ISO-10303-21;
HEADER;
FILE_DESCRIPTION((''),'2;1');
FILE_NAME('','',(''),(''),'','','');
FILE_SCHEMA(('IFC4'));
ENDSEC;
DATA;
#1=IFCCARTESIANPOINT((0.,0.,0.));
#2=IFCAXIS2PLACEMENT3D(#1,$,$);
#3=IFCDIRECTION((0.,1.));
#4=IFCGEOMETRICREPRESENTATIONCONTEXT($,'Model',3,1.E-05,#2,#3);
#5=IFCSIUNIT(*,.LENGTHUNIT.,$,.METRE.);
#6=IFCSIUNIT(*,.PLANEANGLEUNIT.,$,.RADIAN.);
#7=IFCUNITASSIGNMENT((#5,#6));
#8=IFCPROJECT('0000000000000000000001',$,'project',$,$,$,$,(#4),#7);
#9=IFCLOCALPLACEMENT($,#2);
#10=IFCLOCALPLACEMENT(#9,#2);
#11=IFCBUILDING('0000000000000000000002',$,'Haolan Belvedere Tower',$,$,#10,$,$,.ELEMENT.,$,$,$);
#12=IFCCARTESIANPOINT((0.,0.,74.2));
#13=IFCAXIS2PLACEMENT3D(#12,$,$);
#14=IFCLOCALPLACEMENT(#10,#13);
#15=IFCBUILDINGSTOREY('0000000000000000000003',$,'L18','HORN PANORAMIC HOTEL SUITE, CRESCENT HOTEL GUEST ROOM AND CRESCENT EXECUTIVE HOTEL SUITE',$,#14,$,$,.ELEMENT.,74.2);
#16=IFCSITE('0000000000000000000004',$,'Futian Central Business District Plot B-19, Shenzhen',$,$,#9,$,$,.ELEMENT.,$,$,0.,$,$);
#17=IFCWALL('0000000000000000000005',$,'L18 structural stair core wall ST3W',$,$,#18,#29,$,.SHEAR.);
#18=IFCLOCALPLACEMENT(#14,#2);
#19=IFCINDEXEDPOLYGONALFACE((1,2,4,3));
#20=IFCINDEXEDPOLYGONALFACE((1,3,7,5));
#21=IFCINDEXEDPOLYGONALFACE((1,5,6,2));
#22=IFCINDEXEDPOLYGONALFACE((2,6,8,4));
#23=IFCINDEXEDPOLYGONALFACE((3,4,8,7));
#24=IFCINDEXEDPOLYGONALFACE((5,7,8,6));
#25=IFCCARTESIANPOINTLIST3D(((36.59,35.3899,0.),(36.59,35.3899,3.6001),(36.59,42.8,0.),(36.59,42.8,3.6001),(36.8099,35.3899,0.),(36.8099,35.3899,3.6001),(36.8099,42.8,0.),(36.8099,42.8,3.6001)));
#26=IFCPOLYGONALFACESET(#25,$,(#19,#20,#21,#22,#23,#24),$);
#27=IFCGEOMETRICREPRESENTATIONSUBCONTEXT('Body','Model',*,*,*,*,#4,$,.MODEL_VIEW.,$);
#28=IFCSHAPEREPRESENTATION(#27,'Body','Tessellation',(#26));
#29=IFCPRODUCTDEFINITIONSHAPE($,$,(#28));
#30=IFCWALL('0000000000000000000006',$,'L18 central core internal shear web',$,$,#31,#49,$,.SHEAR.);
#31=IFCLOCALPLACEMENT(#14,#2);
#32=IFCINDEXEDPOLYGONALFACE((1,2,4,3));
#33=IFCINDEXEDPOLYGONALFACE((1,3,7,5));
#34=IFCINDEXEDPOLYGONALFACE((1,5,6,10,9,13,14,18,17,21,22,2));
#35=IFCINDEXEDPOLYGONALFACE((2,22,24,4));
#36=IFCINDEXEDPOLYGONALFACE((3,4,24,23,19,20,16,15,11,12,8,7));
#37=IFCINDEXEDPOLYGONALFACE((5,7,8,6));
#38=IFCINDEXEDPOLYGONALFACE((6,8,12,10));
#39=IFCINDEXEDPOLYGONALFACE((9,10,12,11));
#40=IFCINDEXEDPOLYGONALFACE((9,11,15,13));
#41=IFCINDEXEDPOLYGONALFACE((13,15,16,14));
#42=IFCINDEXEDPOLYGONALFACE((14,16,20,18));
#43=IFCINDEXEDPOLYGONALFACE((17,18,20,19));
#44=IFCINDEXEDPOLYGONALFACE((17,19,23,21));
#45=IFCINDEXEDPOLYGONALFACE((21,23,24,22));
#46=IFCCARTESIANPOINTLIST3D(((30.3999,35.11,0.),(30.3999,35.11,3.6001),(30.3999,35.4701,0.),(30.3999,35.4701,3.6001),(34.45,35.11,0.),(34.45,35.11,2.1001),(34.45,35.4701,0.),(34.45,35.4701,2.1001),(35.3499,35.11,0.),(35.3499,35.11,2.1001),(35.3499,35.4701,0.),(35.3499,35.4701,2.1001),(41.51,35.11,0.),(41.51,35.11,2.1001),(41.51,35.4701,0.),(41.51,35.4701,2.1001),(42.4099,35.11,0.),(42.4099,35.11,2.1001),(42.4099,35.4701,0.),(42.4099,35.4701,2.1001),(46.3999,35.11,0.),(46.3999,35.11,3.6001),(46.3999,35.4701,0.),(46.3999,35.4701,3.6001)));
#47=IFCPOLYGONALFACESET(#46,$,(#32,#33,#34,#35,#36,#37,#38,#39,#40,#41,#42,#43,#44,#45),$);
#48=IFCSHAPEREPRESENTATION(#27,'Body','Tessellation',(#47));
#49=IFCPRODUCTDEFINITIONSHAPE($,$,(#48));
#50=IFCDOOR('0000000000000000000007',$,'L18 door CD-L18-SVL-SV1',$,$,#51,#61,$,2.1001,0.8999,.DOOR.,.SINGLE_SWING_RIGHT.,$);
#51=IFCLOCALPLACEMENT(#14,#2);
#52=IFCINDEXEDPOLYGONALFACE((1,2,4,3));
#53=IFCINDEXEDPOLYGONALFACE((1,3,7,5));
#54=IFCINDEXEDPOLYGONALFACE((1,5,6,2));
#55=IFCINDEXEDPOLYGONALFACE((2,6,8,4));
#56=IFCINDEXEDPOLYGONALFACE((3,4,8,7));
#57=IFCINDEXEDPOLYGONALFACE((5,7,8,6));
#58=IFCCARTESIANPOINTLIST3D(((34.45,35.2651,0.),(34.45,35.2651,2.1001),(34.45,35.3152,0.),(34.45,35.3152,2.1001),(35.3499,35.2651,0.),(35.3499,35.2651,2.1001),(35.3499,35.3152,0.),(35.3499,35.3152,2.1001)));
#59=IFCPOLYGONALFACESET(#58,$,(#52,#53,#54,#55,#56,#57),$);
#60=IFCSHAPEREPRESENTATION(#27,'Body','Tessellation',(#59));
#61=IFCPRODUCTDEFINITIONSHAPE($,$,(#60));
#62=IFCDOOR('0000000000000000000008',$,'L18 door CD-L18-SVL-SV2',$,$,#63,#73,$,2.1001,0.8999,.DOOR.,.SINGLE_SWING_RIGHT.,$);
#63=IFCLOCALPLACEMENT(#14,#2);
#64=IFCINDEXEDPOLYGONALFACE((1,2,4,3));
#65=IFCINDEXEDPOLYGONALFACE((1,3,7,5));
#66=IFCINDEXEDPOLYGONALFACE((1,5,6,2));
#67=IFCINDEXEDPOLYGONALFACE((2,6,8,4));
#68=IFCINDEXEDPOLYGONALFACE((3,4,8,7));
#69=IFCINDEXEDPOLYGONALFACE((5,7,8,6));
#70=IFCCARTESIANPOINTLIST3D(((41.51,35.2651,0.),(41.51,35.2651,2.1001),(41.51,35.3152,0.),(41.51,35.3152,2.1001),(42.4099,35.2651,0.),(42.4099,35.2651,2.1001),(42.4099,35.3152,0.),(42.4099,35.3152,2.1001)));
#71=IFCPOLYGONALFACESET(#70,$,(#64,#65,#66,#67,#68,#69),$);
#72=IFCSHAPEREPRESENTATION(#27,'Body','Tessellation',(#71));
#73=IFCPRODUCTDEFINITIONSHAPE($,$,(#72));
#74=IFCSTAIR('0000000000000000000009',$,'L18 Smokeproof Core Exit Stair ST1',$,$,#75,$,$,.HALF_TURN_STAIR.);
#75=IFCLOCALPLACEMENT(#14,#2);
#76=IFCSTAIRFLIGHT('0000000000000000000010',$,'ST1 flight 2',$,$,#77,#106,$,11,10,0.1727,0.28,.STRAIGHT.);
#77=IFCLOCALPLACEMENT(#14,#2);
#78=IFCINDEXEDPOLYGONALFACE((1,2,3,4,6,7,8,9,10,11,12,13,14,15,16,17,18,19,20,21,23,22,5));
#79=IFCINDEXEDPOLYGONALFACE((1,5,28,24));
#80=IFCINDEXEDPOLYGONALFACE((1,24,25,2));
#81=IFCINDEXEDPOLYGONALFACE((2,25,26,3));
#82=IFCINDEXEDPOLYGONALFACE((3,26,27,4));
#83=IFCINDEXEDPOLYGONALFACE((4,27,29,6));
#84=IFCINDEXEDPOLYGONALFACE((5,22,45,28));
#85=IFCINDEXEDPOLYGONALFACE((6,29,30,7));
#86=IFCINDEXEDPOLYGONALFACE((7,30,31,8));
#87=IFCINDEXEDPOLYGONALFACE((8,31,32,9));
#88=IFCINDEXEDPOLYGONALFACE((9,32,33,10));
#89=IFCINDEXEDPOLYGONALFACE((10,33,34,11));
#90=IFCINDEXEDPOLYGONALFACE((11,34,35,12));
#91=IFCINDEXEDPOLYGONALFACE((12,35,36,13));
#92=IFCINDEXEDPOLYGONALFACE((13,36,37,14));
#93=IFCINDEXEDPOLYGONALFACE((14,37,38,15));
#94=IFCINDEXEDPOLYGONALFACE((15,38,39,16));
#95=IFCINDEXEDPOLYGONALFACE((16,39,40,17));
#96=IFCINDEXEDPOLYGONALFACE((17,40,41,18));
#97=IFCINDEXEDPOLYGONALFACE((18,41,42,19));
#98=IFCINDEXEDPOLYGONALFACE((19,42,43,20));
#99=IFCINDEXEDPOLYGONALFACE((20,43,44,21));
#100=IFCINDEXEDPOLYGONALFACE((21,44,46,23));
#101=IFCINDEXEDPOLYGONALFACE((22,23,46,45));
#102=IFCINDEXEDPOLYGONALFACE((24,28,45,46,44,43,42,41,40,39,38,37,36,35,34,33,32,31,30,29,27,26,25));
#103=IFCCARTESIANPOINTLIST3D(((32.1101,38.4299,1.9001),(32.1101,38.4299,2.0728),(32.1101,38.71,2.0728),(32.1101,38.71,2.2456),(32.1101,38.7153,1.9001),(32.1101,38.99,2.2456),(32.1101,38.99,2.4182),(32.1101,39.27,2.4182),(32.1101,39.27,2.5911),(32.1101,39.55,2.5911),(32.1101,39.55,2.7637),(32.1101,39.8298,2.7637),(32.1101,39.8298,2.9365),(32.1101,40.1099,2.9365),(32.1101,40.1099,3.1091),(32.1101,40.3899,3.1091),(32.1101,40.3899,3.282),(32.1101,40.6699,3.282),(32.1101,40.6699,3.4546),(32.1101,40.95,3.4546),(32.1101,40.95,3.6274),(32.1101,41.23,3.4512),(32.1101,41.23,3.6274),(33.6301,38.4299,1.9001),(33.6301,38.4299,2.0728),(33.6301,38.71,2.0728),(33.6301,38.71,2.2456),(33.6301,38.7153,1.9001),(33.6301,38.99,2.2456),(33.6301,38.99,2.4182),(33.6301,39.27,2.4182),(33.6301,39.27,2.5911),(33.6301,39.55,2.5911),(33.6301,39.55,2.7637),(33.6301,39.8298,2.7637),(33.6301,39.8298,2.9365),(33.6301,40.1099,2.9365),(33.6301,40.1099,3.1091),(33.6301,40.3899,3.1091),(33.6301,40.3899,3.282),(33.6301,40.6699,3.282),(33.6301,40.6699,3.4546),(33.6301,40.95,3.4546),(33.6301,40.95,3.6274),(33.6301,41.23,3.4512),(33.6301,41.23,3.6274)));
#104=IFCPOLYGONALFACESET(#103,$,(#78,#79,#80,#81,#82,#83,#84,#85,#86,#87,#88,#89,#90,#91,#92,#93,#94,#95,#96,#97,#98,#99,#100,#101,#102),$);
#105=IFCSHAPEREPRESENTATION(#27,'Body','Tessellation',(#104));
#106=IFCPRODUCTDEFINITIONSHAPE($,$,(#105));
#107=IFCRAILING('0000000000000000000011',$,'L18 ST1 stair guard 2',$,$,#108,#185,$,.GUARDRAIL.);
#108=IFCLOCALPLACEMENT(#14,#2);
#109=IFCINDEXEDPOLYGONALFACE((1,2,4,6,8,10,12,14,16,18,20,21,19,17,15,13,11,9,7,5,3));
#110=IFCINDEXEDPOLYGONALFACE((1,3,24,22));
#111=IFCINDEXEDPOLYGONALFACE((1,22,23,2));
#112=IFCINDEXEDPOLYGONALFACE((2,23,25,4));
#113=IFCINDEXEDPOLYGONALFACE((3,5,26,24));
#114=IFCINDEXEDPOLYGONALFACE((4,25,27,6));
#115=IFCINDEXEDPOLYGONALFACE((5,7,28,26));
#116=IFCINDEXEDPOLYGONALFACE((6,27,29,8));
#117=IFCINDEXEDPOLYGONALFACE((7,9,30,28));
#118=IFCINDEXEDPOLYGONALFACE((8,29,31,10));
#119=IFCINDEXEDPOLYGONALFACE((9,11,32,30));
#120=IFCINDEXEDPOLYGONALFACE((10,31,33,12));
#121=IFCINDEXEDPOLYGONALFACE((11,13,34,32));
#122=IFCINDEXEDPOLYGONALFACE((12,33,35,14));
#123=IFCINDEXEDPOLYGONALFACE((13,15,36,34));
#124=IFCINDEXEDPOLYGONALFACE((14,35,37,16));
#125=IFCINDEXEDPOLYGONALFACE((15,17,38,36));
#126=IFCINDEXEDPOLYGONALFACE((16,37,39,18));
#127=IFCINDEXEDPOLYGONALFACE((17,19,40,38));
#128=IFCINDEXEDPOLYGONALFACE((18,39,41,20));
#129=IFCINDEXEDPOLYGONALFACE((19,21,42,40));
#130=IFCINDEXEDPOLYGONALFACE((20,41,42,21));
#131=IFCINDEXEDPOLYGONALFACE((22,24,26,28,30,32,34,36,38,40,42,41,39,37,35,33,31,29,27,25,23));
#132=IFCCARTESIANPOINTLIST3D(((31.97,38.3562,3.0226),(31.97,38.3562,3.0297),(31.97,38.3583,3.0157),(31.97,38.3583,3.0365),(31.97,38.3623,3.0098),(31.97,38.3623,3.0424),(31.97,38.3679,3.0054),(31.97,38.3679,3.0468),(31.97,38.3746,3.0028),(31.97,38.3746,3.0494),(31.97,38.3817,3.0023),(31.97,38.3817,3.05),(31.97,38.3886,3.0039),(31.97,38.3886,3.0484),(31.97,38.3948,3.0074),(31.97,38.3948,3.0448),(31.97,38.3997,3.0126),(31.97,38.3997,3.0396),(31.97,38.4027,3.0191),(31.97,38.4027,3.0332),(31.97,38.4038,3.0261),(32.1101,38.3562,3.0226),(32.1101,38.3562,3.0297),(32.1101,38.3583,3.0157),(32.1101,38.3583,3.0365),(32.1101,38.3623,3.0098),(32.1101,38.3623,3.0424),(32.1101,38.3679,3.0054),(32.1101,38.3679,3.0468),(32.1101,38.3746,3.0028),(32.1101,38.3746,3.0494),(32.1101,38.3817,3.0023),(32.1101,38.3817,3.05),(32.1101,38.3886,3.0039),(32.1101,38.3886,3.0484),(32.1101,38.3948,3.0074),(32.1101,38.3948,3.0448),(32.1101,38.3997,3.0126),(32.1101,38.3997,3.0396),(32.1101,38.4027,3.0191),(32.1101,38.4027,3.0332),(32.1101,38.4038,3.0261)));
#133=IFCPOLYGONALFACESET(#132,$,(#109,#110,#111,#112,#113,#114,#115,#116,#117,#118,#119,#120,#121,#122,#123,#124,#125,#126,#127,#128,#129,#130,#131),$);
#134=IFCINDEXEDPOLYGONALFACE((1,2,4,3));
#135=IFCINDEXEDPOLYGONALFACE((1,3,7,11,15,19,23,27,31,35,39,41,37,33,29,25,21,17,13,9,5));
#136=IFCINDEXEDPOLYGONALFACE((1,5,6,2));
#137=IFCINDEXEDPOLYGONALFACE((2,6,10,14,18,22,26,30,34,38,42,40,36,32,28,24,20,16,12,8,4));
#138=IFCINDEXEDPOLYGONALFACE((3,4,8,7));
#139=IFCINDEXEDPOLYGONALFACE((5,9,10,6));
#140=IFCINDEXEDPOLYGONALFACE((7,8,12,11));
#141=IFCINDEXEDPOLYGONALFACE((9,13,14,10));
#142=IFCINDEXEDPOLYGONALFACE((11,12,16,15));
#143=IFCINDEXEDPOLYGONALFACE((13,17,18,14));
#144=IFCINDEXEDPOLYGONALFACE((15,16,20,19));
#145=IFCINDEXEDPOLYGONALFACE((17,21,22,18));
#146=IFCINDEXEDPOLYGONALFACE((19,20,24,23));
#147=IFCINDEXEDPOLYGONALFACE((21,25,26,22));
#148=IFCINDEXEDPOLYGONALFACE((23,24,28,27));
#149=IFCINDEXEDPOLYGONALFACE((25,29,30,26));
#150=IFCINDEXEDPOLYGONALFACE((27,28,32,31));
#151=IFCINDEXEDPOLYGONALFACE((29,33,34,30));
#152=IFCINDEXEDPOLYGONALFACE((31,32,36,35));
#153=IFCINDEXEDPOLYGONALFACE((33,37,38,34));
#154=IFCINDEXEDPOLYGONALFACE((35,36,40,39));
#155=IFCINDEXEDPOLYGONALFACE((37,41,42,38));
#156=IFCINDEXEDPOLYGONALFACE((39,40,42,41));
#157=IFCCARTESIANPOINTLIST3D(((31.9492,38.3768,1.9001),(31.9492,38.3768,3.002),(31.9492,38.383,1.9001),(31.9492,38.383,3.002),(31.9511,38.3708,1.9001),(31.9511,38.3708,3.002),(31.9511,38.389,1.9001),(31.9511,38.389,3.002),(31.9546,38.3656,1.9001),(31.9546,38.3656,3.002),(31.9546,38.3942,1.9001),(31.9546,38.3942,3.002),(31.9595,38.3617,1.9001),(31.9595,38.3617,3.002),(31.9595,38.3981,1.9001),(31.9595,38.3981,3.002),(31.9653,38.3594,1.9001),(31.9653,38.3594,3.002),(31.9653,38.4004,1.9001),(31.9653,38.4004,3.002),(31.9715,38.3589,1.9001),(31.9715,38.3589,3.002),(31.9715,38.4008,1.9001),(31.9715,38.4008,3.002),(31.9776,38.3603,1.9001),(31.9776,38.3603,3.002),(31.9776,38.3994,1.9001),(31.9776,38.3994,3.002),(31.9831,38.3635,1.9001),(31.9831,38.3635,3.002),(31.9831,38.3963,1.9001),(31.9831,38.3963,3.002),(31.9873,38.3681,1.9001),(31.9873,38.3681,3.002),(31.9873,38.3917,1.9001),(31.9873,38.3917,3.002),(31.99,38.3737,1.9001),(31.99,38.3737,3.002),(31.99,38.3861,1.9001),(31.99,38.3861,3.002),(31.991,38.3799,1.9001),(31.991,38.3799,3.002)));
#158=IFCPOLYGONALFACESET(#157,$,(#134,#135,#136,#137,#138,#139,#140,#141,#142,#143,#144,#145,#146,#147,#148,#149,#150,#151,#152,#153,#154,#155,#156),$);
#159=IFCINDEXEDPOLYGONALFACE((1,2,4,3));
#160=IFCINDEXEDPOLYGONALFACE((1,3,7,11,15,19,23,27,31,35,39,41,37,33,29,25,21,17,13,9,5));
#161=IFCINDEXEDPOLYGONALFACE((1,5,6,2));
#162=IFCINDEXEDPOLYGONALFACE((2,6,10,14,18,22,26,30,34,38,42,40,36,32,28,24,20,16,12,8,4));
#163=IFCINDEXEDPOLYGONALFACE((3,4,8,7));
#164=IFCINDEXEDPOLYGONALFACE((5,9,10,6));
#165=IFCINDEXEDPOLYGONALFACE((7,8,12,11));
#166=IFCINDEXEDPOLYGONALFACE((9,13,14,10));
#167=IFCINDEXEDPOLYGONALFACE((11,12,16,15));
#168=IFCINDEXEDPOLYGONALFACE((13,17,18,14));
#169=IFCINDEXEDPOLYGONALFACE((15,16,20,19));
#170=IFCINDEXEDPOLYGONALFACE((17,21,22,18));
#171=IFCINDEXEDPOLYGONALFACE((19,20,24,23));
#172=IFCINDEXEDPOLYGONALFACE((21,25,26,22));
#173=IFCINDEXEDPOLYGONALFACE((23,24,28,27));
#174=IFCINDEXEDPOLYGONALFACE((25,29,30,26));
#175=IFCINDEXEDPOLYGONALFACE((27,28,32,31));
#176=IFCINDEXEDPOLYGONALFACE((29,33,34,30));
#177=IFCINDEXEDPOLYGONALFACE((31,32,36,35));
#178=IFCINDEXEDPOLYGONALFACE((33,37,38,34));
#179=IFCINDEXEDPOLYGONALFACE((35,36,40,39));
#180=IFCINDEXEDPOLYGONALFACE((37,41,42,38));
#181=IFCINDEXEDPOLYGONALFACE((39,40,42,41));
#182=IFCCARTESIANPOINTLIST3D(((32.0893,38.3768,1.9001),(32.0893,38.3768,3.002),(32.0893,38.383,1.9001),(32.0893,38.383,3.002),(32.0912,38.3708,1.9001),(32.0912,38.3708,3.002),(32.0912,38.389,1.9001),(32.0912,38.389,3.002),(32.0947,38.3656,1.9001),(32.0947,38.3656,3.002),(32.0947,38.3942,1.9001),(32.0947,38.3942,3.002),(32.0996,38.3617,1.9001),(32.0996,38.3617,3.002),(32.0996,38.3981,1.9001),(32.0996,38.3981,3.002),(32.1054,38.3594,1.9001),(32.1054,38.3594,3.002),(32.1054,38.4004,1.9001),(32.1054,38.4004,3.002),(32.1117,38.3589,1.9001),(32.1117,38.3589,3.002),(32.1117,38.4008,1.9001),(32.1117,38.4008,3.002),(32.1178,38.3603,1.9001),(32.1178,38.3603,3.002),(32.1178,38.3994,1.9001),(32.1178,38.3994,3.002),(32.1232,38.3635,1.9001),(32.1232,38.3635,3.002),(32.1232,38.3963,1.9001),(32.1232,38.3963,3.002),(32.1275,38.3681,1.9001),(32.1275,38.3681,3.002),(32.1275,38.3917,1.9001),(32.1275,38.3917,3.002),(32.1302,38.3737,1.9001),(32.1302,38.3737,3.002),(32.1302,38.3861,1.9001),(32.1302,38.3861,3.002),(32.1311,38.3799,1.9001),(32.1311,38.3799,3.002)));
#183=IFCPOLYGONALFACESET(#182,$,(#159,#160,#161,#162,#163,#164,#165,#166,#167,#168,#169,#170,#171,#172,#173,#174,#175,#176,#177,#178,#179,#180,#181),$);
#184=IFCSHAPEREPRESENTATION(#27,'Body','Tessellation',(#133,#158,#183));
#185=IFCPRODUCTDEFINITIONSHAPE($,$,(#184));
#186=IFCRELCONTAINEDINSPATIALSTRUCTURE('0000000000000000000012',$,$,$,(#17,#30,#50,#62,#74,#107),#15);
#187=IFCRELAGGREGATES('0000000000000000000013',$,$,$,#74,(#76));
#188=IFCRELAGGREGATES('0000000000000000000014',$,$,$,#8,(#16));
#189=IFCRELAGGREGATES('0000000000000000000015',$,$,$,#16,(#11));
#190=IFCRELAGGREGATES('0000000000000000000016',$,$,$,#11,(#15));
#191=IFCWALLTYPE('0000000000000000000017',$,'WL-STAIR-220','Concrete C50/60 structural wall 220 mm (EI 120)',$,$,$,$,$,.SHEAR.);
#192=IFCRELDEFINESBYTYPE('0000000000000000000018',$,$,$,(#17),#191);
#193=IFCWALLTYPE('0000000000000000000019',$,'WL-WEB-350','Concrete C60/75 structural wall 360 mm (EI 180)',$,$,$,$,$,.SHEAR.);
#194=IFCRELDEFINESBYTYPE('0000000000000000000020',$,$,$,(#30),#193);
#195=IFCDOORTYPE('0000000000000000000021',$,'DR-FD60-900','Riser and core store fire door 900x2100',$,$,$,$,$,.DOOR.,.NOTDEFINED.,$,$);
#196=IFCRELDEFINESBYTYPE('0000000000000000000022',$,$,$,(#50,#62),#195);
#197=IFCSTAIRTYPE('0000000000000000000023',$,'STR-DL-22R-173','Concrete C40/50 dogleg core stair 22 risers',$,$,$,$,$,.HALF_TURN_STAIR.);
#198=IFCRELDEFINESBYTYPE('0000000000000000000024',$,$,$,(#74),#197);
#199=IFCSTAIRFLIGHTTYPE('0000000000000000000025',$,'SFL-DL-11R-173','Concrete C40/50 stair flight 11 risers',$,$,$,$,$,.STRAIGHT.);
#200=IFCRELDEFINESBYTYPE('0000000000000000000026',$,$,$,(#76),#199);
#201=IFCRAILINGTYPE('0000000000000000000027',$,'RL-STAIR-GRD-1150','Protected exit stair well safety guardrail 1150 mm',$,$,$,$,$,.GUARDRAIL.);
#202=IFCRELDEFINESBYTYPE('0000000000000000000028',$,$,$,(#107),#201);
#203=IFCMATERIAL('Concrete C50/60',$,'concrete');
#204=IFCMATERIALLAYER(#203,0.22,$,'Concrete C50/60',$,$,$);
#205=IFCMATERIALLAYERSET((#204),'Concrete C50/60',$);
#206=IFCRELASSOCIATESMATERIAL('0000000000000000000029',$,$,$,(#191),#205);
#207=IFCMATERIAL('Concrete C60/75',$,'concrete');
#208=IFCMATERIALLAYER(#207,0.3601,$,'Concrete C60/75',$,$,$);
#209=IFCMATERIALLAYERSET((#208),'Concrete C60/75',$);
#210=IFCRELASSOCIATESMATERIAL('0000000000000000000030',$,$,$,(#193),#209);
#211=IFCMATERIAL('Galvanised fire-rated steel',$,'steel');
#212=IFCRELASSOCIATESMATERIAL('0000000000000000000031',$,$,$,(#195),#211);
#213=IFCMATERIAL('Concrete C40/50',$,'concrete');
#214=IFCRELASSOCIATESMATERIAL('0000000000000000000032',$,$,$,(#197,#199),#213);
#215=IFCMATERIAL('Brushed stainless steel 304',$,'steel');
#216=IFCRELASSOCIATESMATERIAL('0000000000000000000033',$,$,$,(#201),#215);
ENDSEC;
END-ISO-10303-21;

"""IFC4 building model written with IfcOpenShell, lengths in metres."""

from ifc_helpers import new_model, si_unit, direction, frame, frame_2d, origin, origin_2d, place, context, subcontext, project, spatial, polyline, rectangle, circle, outline, extrude, material, layer, layer_set, type_object, element, fill, aggregate, save


model = new_model("IFC4")

# Units and contexts
model_context = context("Model", 3, precision=1e-05, world=origin(), true_north=direction((0.0, 1.0)))
body_context = subcontext(model_context, "Body", "Model", "MODEL_VIEW")
ifc_project = project(units=[si_unit("LENGTHUNIT", "METRE"), si_unit("PLANEANGLEUNIT", "RADIAN")], contexts=[model_context])

# Site, building, storey
site_placement = place(None, origin())
site = spatial("IfcSite", under=ifc_project, at=site_placement, Name="Futian Central Business District Plot B-19, Shenzhen", CompositionType="ELEMENT", RefElevation=0.0)
building_placement = place(site_placement, origin())
building = spatial("IfcBuilding", under=site, at=building_placement, Name="Haolan Belvedere Tower", CompositionType="ELEMENT")
storey_placement = place(building_placement, frame((0.0, 0.0, 74.2)))
storey = spatial("IfcBuildingStorey", under=building, at=storey_placement, Name="L18", Description="HORN PANORAMIC HOTEL SUITE, CRESCENT HOTEL GUEST ROOM AND CRESCENT EXECUTIVE HOTEL SUITE", CompositionType="ELEMENT", Elevation=74.2)

# Shared definitions
ifc_material_1 = material(Name="Concrete C60/75", Category="concrete")

# Wall
ifc_material_2 = material(Name="Concrete C50/60", Category="concrete")
ifc_layer_1 = layer(ifc_material_2, 0.22, Name="Concrete C50/60")
ifc_layer_set_1 = layer_set([ifc_layer_1], Name="Concrete C50/60")
wall_type_1 = type_object("IfcWallType", Name="WL-STAIR-220", Description="Concrete C50/60 structural wall 220 mm (EI 120)", PredefinedType="SHEAR", material=ifc_layer_set_1)
for number, where, z_axis, x_axis, name in (
    (1, (36.7, 35.3899, 0.0), (0.0, 0.0, 1.0), (0.0, 1.0, 0.0), "L18 structural stair core wall ST3W"),
):
    element("IfcWall", number, at=place(storey_placement, frame(where, z_axis=z_axis, x_axis=x_axis)), inside=storey, type_object=wall_type_1, Name=name, PredefinedType="SHEAR", context=body_context, shape_type="SweptSolid", body=[
        extrude(rectangle(XDim=7.4102, YDim=0.22, at=frame_2d((3.7051, 0.0))), origin(), (0.0, 0.0, 1.0), 3.6001),
    ])

# Wall, openings, doors
ifc_layer_2 = layer(ifc_material_1, 0.3601, Name="Concrete C60/75")
ifc_layer_set_2 = layer_set([ifc_layer_2], Name="Concrete C60/75")
wall_type_2 = type_object("IfcWallType", Name="WL-WEB-350", Description="Concrete C60/75 structural wall 360 mm (EI 180)", PredefinedType="SHEAR", material=ifc_layer_set_2)
wall_1_placement = place(storey_placement, frame((30.3999, 35.29, 0.0), z_axis=(0.0, 0.0, 1.0), x_axis=(1.0, 0.0, 0.0)))
wall_1 = element("IfcWall", 2, at=wall_1_placement, inside=storey, type_object=wall_type_2, Name="L18 central core internal shear web", PredefinedType="SHEAR", context=body_context, shape_type="SweptSolid", body=[
    extrude(rectangle(XDim=16.0, YDim=0.3601, at=frame_2d((8.0, 0.0))), origin(), (0.0, 0.0, 1.0), 3.6001),
])
opening_1_placement = place(wall_1_placement, frame((4.95, 0.0, 0.0), z_axis=(0.0, 0.0, 1.0), x_axis=(-1.0, 0.0, 0.0)))
opening_1 = element("IfcOpeningElement", 3, at=opening_1_placement, cuts=wall_1, PredefinedType="OPENING", context=body_context, shape_type="SweptSolid", body=[
    extrude(rectangle(XDim=0.8999, YDim=2.1001, at=frame_2d((0.45, 1.05))), frame((0.0, 0.1899, 0.0), z_axis=(0.0, -1.0, 0.0), x_axis=(1.0, 0.0, 0.0)), (0.0, 0.0, 1.0), 0.3801),
])
opening_2_placement = place(wall_1_placement, frame((12.01, 0.0, 0.0), z_axis=(0.0, 0.0, 1.0), x_axis=(-1.0, 0.0, 0.0)))
opening_2 = element("IfcOpeningElement", 4, at=opening_2_placement, cuts=wall_1, PredefinedType="OPENING", context=body_context, shape_type="SweptSolid", body=[
    extrude(rectangle(XDim=0.8999, YDim=2.1001, at=frame_2d((0.45, 1.05))), frame((0.0, 0.1899, 0.0), z_axis=(0.0, -1.0, 0.0), x_axis=(1.0, 0.0, 0.0)), (0.0, 0.0, 1.0), 0.3801),
])
ifc_material_3 = material(Name="Galvanised fire-rated steel", Category="steel")
door_type_1 = type_object("IfcDoorType", Name="DR-FD60-900", Description="Riser and core store fire door 900x2100", OperationType="NOTDEFINED", PredefinedType="DOOR", material=ifc_material_3)
door_1_placement = place(opening_1_placement, origin())
door_1 = element("IfcDoor", 5, at=door_1_placement, inside=storey, type_object=door_type_1, Name="L18 door CD-L18-SVL-SV1", OperationType="SINGLE_SWING_RIGHT", OverallHeight=2.1001, OverallWidth=0.8999, PredefinedType="DOOR", context=body_context, shape_type="SweptSolid", body=[
    extrude(rectangle(XDim=0.8999, YDim=2.1001, at=frame_2d((0.45, 1.05))), frame((0.0, 0.0249, 0.0), z_axis=(0.0, -1.0, 0.0), x_axis=(1.0, 0.0, 0.0)), (0.0, 0.0, 1.0), 0.05),
])
fill(opening_1, door_1)
door_2_placement = place(opening_2_placement, origin())
door_2 = element("IfcDoor", 6, at=door_2_placement, inside=storey, type_object=door_type_1, Name="L18 door CD-L18-SVL-SV2", OperationType="SINGLE_SWING_RIGHT", OverallHeight=2.1001, OverallWidth=0.8999, PredefinedType="DOOR", context=body_context, shape_type="SweptSolid", body=[
    extrude(rectangle(XDim=0.8999, YDim=2.1001, at=frame_2d((0.45, 1.05))), frame((0.0, 0.0249, 0.0), z_axis=(0.0, -1.0, 0.0), x_axis=(1.0, 0.0, 0.0)), (0.0, 0.0, 1.0), 0.05),
])
fill(opening_2, door_2)

# Stair, stair flight
ifc_material_4 = material(Name="Concrete C40/50", Category="concrete")
stair_type = type_object("IfcStairType", Name="STR-DL-22R-173", Description="Concrete C40/50 dogleg core stair 22 risers", PredefinedType="HALF_TURN_STAIR", material=ifc_material_4)
stair_placement = place(storey_placement, origin())
stair = element("IfcStair", 7, at=stair_placement, inside=storey, type_object=stair_type, Name="L18 Smokeproof Core Exit Stair ST1", PredefinedType="HALF_TURN_STAIR")
stair_flight_type = type_object("IfcStairFlightType", Name="SFL-DL-11R-173", Description="Concrete C40/50 stair flight 11 risers", PredefinedType="STRAIGHT", material=ifc_material_4)
stair_flight_placement = place(storey_placement, frame((32.8701, 38.4299, 1.9001), z_axis=(0.0, 0.0, 1.0), x_axis=(0.0, 1.0, 0.0)))
stair_flight = element("IfcStairFlight", 8, at=stair_flight_placement, type_object=stair_flight_type, Name="ST1 flight 2", NumberOfRisers=11, NumberOfTreads=10, PredefinedType="STRAIGHT", RiserHeight=0.1727, TreadLength=0.28, context=body_context, shape_type="SweptSolid", body=[
    extrude(outline(polyline([(0.0, 0.0), (0.0, 0.1726), (0.28, 0.1726), (0.28, 0.3455), (0.5601, 0.3455), (0.5601, 0.5181), (0.8401, 0.5181), (0.8401, 0.6909), (1.1201, 0.6909), (1.1201, 0.8635), (1.3999, 0.8635), (1.3999, 1.0364), (1.6799, 1.0364), (1.6799, 1.209), (1.96, 1.209), (1.96, 1.3818), (2.24, 1.3818), (2.24, 1.5544), (2.52, 1.5544), (2.52, 1.7273), (2.8, 1.7273), (2.8, 1.8999), (2.8, 1.551), (0.2854, 0.0), (0.0, 0.0)])), frame((0.0, 0.76, 0.0), z_axis=(0.0, -1.0, 0.0), x_axis=(1.0, 0.0, 0.0)), (0.0, 0.0, 1.0), 1.52),
])
aggregate(stair, [stair_flight])

# Railing
ifc_material_5 = material(Name="Brushed stainless steel 304", Category="steel")
railing_type = type_object("IfcRailingType", Name="RL-STAIR-GRD-1150", Description="Protected exit stair well safety guardrail 1150 mm", PredefinedType="GUARDRAIL", material=ifc_material_5)
railing_1_placement = place(storey_placement, frame((31.97, 38.3799, 1.9001)))
element("IfcRailing", 9, at=railing_1_placement, inside=storey, type_object=railing_type, Name="L18 ST1 stair guard 2", PredefinedType="GUARDRAIL", context=body_context, shape_type="SweptSolid", body=[
    extrude(circle(Radius=0.0239, at=origin_2d()), frame((0.0, 0.0, 1.126), z_axis=(1.0, 0.0, 0.0), x_axis=(0.0, 1.0, 0.0)), (0.0, 0.0, 1.0), 0.1401),
    extrude(circle(Radius=0.021, at=origin_2d()), origin(), (0.0, 0.0, 1.0), 1.1018),
    extrude(circle(Radius=0.021, at=origin_2d()), frame((0.1401, 0.0, 0.0)), (0.0, 0.0, 1.0), 1.1018),
])

save(model, "model.ifc")
